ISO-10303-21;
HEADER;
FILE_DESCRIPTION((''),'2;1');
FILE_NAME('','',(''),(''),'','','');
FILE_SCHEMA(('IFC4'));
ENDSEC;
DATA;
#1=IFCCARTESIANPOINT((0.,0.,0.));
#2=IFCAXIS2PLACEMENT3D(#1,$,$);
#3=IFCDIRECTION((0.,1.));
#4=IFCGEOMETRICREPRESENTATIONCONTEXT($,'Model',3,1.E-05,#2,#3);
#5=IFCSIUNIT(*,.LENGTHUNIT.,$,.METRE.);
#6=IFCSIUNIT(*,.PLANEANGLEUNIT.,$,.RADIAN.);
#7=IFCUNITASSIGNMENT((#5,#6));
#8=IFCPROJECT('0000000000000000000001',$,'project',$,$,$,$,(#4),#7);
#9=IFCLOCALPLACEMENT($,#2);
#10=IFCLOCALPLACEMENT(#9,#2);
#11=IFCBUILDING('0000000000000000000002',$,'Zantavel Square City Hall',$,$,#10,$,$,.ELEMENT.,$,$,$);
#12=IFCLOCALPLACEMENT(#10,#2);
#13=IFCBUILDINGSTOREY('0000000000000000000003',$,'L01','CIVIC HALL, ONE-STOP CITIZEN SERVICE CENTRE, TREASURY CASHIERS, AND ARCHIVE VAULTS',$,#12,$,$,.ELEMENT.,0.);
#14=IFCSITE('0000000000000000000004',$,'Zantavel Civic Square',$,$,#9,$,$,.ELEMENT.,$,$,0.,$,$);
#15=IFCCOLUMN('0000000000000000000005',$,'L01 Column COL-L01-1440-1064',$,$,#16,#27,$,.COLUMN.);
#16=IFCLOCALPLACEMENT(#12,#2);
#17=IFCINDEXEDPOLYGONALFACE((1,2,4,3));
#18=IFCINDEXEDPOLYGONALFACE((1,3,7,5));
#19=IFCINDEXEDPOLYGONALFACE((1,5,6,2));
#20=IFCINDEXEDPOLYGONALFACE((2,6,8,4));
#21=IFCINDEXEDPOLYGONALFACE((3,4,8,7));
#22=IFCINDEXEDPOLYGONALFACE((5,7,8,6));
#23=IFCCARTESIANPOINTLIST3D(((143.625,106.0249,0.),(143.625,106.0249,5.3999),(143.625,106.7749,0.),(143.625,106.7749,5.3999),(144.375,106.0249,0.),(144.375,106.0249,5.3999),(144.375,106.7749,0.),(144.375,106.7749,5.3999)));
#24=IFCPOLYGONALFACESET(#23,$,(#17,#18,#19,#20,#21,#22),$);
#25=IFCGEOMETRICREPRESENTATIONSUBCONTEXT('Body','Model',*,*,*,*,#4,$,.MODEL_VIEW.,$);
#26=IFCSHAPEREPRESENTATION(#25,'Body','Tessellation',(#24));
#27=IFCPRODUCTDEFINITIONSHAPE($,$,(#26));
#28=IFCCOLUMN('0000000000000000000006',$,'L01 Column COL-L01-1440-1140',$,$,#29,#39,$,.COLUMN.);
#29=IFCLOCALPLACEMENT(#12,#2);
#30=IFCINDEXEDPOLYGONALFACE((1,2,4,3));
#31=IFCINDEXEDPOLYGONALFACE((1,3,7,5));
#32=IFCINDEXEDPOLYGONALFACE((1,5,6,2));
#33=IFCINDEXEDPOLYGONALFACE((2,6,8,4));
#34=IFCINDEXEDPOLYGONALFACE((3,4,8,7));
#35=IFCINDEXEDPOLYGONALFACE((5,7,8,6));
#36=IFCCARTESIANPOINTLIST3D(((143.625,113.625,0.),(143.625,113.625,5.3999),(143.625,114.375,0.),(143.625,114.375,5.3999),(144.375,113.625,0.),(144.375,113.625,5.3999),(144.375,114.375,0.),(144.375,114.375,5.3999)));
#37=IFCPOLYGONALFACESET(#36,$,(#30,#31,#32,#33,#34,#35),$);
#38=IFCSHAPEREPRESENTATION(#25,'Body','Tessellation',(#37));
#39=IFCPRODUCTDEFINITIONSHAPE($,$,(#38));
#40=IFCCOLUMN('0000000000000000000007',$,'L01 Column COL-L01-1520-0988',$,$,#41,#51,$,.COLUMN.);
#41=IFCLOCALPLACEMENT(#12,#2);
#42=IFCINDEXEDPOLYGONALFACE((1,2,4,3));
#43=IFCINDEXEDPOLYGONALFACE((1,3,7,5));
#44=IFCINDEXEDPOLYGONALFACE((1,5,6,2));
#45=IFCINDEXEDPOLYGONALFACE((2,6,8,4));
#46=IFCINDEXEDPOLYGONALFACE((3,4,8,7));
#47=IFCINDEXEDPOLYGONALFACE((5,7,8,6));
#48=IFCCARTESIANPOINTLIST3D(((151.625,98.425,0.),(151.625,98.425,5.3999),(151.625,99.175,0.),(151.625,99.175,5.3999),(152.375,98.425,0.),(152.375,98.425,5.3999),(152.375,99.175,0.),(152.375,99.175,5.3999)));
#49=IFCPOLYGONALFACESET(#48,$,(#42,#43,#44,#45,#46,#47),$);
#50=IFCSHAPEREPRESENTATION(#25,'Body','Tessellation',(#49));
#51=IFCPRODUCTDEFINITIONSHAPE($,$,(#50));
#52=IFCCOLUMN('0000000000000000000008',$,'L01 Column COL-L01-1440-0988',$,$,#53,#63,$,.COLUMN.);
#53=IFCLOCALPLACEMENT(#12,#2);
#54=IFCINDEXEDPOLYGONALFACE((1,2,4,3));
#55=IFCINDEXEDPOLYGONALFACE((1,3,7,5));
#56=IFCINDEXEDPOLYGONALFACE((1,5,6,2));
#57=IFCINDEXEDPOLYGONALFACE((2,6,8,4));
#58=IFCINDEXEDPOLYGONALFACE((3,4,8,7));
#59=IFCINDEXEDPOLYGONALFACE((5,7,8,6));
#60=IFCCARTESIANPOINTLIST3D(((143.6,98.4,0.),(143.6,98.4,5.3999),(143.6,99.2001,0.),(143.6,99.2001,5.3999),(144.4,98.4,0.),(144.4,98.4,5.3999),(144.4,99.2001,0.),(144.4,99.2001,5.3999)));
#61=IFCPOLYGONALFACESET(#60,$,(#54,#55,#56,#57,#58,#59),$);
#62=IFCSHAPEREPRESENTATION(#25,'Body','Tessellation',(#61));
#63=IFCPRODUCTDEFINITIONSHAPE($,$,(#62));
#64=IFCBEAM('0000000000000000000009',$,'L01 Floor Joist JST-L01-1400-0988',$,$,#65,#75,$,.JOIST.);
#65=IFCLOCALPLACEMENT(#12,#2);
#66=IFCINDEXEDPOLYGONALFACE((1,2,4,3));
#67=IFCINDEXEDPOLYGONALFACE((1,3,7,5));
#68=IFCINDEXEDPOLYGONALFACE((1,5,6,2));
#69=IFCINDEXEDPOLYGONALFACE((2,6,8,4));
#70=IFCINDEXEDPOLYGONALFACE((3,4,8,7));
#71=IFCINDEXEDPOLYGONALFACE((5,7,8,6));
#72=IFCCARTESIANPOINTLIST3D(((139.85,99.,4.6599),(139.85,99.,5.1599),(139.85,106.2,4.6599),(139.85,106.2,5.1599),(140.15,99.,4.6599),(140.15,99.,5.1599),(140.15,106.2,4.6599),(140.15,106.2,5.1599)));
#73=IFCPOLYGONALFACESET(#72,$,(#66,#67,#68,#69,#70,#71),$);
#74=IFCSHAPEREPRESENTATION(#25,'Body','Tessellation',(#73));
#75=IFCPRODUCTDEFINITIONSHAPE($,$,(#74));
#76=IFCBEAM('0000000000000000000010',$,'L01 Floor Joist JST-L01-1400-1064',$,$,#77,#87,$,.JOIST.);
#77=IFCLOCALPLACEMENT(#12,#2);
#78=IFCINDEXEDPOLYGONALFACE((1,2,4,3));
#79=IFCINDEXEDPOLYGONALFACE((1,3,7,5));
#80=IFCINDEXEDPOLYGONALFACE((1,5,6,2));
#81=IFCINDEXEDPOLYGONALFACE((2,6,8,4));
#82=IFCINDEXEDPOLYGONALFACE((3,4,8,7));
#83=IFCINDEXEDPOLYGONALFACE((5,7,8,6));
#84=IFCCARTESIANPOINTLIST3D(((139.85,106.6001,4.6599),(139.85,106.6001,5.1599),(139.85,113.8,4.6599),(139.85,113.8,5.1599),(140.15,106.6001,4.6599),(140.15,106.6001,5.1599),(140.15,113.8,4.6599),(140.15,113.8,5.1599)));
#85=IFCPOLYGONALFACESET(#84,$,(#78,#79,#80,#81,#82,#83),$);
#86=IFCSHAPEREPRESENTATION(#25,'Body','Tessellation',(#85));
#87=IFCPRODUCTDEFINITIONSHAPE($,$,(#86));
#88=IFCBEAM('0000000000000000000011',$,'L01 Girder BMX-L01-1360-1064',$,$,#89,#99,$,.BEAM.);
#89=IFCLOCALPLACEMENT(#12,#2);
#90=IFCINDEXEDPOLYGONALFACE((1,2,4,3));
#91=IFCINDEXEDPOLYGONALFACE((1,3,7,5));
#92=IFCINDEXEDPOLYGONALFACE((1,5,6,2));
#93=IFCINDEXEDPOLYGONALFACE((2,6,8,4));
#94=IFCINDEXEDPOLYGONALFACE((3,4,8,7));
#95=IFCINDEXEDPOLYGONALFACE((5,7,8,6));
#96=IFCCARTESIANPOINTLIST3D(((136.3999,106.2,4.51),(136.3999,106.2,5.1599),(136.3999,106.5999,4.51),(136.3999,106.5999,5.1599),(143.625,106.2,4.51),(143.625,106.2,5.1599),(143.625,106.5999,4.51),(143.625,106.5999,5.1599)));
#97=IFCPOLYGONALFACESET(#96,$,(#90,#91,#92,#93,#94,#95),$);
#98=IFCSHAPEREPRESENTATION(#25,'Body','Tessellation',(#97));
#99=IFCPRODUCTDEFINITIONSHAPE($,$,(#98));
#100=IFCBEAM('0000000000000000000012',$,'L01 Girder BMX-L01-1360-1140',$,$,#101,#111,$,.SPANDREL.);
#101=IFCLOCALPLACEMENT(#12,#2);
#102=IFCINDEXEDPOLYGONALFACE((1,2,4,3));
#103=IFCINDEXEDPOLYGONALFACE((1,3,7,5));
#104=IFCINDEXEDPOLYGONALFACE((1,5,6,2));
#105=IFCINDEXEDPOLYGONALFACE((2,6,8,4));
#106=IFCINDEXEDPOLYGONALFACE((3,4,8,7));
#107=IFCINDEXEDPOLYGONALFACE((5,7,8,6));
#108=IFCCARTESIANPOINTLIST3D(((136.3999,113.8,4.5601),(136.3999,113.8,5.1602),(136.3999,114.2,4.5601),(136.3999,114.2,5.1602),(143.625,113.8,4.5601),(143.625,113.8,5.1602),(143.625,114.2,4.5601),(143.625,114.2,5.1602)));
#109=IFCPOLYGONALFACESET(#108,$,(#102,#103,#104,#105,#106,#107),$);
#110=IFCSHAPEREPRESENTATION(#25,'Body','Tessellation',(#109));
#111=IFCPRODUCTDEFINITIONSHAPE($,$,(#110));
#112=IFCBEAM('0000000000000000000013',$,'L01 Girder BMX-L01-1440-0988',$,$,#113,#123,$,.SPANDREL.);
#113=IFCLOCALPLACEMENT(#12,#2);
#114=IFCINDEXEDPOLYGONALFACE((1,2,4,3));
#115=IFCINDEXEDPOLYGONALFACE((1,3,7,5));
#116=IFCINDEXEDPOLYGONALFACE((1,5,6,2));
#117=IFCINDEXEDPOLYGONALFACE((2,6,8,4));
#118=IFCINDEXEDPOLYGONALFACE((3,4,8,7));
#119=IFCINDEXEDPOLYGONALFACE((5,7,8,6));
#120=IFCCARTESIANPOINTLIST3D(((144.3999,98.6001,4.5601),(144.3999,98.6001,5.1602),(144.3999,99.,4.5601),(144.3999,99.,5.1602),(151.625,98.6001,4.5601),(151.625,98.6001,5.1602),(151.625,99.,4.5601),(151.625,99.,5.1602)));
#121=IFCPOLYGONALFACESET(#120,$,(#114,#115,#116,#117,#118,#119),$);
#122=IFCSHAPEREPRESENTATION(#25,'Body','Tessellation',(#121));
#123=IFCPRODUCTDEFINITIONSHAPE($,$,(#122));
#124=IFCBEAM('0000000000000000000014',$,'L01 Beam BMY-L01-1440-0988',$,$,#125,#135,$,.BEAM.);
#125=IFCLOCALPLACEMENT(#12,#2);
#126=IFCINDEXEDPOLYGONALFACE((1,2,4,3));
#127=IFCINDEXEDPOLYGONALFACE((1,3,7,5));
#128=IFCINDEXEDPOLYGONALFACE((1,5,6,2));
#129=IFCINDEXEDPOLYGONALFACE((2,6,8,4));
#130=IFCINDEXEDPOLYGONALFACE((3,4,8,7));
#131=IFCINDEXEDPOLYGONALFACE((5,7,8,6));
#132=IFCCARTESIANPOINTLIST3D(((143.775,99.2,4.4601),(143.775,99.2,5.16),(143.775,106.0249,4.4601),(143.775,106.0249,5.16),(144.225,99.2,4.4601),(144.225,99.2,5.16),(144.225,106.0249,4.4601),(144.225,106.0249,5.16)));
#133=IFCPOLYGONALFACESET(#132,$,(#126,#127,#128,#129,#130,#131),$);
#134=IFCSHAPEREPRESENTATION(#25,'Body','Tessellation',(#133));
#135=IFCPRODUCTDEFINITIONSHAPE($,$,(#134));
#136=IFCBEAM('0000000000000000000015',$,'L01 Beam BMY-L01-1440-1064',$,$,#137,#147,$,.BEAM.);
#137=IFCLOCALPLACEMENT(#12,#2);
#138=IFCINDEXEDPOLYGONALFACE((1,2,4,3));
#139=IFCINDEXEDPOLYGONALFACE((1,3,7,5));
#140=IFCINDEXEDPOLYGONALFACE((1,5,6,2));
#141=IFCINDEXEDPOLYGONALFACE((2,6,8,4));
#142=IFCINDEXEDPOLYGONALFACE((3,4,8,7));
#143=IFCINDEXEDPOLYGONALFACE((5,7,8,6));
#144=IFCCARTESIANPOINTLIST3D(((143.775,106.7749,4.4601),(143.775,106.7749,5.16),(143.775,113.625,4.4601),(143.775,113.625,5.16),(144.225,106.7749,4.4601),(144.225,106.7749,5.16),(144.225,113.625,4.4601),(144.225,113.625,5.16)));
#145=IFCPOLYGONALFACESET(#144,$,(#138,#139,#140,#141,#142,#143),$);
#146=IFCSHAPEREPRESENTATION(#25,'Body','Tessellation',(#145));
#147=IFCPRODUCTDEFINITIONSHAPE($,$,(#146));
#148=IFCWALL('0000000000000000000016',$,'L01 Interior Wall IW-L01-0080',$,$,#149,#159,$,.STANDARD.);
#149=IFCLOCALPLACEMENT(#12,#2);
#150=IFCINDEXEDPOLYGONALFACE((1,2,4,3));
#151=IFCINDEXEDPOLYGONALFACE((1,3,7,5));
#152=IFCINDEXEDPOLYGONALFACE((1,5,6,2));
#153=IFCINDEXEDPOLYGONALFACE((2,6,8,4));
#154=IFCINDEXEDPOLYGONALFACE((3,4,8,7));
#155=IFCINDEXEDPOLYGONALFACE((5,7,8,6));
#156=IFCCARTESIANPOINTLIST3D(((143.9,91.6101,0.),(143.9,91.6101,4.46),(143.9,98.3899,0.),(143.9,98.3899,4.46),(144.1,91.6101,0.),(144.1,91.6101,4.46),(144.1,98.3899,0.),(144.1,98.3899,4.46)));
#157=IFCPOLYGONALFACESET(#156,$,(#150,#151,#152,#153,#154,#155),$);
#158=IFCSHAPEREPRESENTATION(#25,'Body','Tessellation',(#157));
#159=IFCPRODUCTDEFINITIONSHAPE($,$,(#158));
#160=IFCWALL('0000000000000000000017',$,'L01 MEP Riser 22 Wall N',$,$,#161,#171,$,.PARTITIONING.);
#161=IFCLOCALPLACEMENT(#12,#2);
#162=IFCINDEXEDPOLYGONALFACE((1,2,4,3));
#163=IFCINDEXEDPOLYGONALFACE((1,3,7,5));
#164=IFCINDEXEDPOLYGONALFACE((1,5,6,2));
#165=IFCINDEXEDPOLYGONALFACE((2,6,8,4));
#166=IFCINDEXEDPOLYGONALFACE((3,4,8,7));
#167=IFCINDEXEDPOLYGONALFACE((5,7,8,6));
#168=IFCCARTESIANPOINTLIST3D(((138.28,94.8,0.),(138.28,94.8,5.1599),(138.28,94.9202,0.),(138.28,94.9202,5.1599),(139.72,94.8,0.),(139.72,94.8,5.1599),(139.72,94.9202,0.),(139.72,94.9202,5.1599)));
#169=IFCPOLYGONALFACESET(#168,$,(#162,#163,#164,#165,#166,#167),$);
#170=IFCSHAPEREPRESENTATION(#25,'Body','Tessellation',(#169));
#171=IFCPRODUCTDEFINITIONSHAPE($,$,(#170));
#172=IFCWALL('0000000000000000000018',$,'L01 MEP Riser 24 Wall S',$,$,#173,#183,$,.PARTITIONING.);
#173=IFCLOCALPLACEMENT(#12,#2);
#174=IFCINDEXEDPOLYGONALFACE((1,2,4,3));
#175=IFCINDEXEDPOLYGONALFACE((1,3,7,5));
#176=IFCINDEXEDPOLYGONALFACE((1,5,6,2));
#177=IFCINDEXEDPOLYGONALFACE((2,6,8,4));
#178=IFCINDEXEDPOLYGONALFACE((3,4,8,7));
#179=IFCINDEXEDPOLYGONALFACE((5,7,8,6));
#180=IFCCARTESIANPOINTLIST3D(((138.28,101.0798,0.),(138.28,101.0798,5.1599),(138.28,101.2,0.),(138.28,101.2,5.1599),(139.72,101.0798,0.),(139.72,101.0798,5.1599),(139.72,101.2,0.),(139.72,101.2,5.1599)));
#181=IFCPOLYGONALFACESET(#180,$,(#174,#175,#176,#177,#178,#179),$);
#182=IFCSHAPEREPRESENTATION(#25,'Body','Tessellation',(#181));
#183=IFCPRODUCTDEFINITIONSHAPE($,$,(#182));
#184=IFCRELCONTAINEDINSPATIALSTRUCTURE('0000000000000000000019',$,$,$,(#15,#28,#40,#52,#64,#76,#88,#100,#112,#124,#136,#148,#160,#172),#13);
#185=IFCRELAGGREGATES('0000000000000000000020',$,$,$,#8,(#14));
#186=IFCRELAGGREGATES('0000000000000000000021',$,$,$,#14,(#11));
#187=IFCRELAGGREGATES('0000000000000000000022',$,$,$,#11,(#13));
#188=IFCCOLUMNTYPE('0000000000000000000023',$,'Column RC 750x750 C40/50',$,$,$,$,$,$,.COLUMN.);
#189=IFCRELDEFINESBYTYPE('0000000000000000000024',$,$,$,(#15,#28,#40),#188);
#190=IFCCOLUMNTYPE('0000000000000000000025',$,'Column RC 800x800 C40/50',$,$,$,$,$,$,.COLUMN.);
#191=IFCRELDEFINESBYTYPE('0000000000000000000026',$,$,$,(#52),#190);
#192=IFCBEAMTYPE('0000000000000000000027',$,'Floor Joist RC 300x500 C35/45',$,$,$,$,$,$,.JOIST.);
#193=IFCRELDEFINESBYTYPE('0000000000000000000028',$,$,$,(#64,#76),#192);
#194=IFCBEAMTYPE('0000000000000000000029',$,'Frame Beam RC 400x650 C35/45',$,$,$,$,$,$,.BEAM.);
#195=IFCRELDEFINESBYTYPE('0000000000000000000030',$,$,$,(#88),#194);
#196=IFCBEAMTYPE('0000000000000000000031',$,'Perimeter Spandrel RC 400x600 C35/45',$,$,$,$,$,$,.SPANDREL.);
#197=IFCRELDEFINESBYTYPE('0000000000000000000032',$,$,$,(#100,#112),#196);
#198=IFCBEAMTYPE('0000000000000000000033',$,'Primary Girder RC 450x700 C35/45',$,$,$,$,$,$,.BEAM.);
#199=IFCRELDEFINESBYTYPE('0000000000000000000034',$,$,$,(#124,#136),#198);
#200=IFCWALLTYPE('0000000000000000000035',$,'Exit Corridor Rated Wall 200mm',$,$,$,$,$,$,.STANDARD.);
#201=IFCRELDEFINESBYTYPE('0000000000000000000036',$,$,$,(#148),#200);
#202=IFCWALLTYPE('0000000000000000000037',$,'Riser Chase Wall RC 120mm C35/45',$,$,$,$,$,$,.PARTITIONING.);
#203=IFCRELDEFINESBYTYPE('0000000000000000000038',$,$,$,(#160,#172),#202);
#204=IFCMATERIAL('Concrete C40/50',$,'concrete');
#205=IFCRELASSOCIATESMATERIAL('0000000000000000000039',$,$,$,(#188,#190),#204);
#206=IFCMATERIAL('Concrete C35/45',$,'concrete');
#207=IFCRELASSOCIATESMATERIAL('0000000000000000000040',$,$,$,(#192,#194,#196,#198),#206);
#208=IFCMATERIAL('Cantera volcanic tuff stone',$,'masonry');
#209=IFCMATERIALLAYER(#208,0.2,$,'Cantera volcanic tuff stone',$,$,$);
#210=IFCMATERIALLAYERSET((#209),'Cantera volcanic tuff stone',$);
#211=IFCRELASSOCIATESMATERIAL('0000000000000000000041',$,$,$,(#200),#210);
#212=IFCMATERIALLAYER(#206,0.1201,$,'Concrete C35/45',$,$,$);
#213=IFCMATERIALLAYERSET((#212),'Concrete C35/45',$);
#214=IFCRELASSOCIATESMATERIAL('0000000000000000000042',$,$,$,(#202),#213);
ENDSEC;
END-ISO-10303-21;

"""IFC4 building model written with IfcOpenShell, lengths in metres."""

from ifc_helpers import new_model, si_unit, direction, frame, frame_2d, origin, origin_2d, place, context, subcontext, project, spatial, rectangle, extrude, material, layer, layer_set, material_profile, profile_set, type_object, element, save


model = new_model("IFC4")

# Units and contexts
model_context = context("Model", 3, precision=1e-05, world=origin(), true_north=direction((0.0, 1.0)))
body_context = subcontext(model_context, "Body", "Model", "MODEL_VIEW")
ifc_project = project(units=[si_unit("LENGTHUNIT", "METRE"), si_unit("PLANEANGLEUNIT", "RADIAN")], contexts=[model_context])

# Site, building, storey
site_placement = place(None, origin())
site = spatial("IfcSite", under=ifc_project, at=site_placement, Name="Zantavel Civic Square", CompositionType="ELEMENT", RefElevation=0.0)
building_placement = place(site_placement, origin())
building = spatial("IfcBuilding", under=site, at=building_placement, Name="Zantavel Square City Hall", CompositionType="ELEMENT")
storey_placement = place(building_placement, origin())
storey = spatial("IfcBuildingStorey", under=building, at=storey_placement, Name="L01", Description="CIVIC HALL, ONE-STOP CITIZEN SERVICE CENTRE, TREASURY CASHIERS, AND ARCHIVE VAULTS", CompositionType="ELEMENT", Elevation=0.0)

# Columns
ifc_material_1 = material(Name="Concrete C40/50", Category="concrete")
ifc_material_profile_1 = material_profile(ifc_material_1, rectangle(XDim=0.75, YDim=0.75, at=origin_2d()), Name="RC 750x750")
ifc_profile_set_1 = profile_set([ifc_material_profile_1], Name="Concrete C40/50")
column_type_1 = type_object("IfcColumnType", Name="Column RC 750x750 C40/50", PredefinedType="COLUMN", material=ifc_profile_set_1)
for number, where, z_axis, x_axis, name in (
    (1, (144.0, 106.3999, 0.0), (0.0, 0.0, 1.0), (1.0, 0.0, 0.0), "L01 Column COL-L01-1440-1064"),
    (2, (144.0, 114.0, 0.0), (0.0, 0.0, 1.0), (1.0, 0.0, 0.0), "L01 Column COL-L01-1440-1140"),
    (3, (152.0, 98.8, 0.0), (0.0, 0.0, 1.0), (1.0, 0.0, 0.0), "L01 Column COL-L01-1520-0988"),
):
    element("IfcColumn", number, at=place(storey_placement, frame(where, z_axis=z_axis, x_axis=x_axis)), inside=storey, type_object=column_type_1, Name=name, PredefinedType="COLUMN", context=body_context, shape_type="SweptSolid", body=[
        extrude(rectangle(XDim=0.75, YDim=0.75, at=origin_2d()), origin(), (0.0, 0.0, 1.0), 5.3999),
    ])
ifc_material_profile_2 = material_profile(ifc_material_1, rectangle(XDim=0.8, YDim=0.8, at=origin_2d()), Name="RC 800x800")
ifc_profile_set_2 = profile_set([ifc_material_profile_2], Name="Concrete C40/50")
column_type_2 = type_object("IfcColumnType", Name="Column RC 800x800 C40/50", PredefinedType="COLUMN", material=ifc_profile_set_2)
column_placement = place(storey_placement, frame((144.0, 98.8, 0.0), z_axis=(0.0, 0.0, 1.0), x_axis=(1.0, 0.0, 0.0)))
element("IfcColumn", 4, at=column_placement, inside=storey, type_object=column_type_2, Name="L01 Column COL-L01-1440-0988", PredefinedType="COLUMN", context=body_context, shape_type="SweptSolid", body=[
    extrude(rectangle(XDim=0.8, YDim=0.8, at=origin_2d()), origin(), (0.0, 0.0, 1.0), 5.3999),
])

# Beams
ifc_material_2 = material(Name="Concrete C35/45", Category="concrete")
ifc_material_profile_3 = material_profile(ifc_material_2, rectangle(XDim=0.3, YDim=0.5, at=origin_2d()), Name="RC 300x500")
ifc_profile_set_3 = profile_set([ifc_material_profile_3], Name="Concrete C35/45")
beam_type_1 = type_object("IfcBeamType", Name="Floor Joist RC 300x500 C35/45", PredefinedType="JOIST", material=ifc_profile_set_3)
for number, where, z_axis, x_axis, name in (
    (5, (140.0, 99.0, 4.9099), (0.0, 1.0, 0.0), (-1.0, 0.0, 0.0), "L01 Floor Joist JST-L01-1400-0988"),
    (6, (140.0, 106.6001, 4.9099), (0.0, 1.0, 0.0), (-1.0, 0.0, 0.0), "L01 Floor Joist JST-L01-1400-1064"),
):
    element("IfcBeam", number, at=place(storey_placement, frame(where, z_axis=z_axis, x_axis=x_axis)), inside=storey, type_object=beam_type_1, Name=name, PredefinedType="JOIST", context=body_context, shape_type="SweptSolid", body=[
        extrude(rectangle(XDim=0.3, YDim=0.5, at=origin_2d()), origin(), (0.0, 0.0, 1.0), 7.2),
    ])
ifc_material_profile_4 = material_profile(ifc_material_2, rectangle(XDim=0.3999, YDim=0.6499, at=origin_2d()), Name="RC 400x650")
ifc_profile_set_4 = profile_set([ifc_material_profile_4], Name="Concrete C35/45")
beam_type_2 = type_object("IfcBeamType", Name="Frame Beam RC 400x650 C35/45", PredefinedType="BEAM", material=ifc_profile_set_4)
beam_1_placement = place(storey_placement, frame((136.3999, 106.3999, 4.835), z_axis=(1.0, 0.0, 0.0), x_axis=(0.0, 1.0, 0.0)))
element("IfcBeam", 7, at=beam_1_placement, inside=storey, type_object=beam_type_2, Name="L01 Girder BMX-L01-1360-1064", PredefinedType="BEAM", context=body_context, shape_type="SweptSolid", body=[
    extrude(rectangle(XDim=0.3999, YDim=0.6499, at=origin_2d()), origin(), (0.0, 0.0, 1.0), 7.2251),
])
ifc_material_profile_5 = material_profile(ifc_material_2, rectangle(XDim=0.3999, YDim=0.6001, at=origin_2d()), Name="RC 400x600")
ifc_profile_set_5 = profile_set([ifc_material_profile_5], Name="Concrete C35/45")
beam_type_3 = type_object("IfcBeamType", Name="Perimeter Spandrel RC 400x600 C35/45", PredefinedType="SPANDREL", material=ifc_profile_set_5)
for number, where, z_axis, x_axis, name in (
    (8, (136.3999, 114.0, 4.8601), (1.0, 0.0, 0.0), (0.0, 1.0, 0.0), "L01 Girder BMX-L01-1360-1140"),
    (9, (144.3999, 98.8, 4.8601), (1.0, 0.0, 0.0), (0.0, 1.0, 0.0), "L01 Girder BMX-L01-1440-0988"),
):
    element("IfcBeam", number, at=place(storey_placement, frame(where, z_axis=z_axis, x_axis=x_axis)), inside=storey, type_object=beam_type_3, Name=name, PredefinedType="SPANDREL", context=body_context, shape_type="SweptSolid", body=[
        extrude(rectangle(XDim=0.3999, YDim=0.6001, at=origin_2d()), origin(), (0.0, 0.0, 1.0), 7.2251),
    ])
ifc_material_profile_6 = material_profile(ifc_material_2, rectangle(XDim=0.45, YDim=0.7, at=origin_2d()), Name="RC 450x700")
ifc_profile_set_6 = profile_set([ifc_material_profile_6], Name="Concrete C35/45")
beam_type_4 = type_object("IfcBeamType", Name="Primary Girder RC 450x700 C35/45", PredefinedType="BEAM", material=ifc_profile_set_6)
beam_2_placement = place(storey_placement, frame((144.0, 99.2, 4.8101), z_axis=(0.0, 1.0, 0.0), x_axis=(-1.0, 0.0, 0.0)))
element("IfcBeam", 10, at=beam_2_placement, inside=storey, type_object=beam_type_4, Name="L01 Beam BMY-L01-1440-0988", PredefinedType="BEAM", context=body_context, shape_type="SweptSolid", body=[
    extrude(rectangle(XDim=0.45, YDim=0.7, at=origin_2d()), origin(), (0.0, 0.0, 1.0), 6.825),
])
beam_3_placement = place(storey_placement, frame((144.0, 106.7749, 4.8101), z_axis=(0.0, 1.0, 0.0), x_axis=(-1.0, 0.0, 0.0)))
element("IfcBeam", 11, at=beam_3_placement, inside=storey, type_object=beam_type_4, Name="L01 Beam BMY-L01-1440-1064", PredefinedType="BEAM", context=body_context, shape_type="SweptSolid", body=[
    extrude(rectangle(XDim=0.45, YDim=0.7, at=origin_2d()), origin(), (0.0, 0.0, 1.0), 6.8501),
])

# Walls
ifc_material_3 = material(Name="Cantera volcanic tuff stone", Category="masonry")
ifc_layer_1 = layer(ifc_material_3, 0.2, Name="Cantera volcanic tuff stone")
ifc_layer_set_1 = layer_set([ifc_layer_1], Name="Cantera volcanic tuff stone")
wall_type_1 = type_object("IfcWallType", Name="Exit Corridor Rated Wall 200mm", PredefinedType="STANDARD", material=ifc_layer_set_1)
wall_1_placement = place(storey_placement, frame((144.0, 98.3899, 0.0), z_axis=(0.0, 0.0, 1.0), x_axis=(0.0, -1.0, 0.0)))
element("IfcWall", 12, at=wall_1_placement, inside=storey, type_object=wall_type_1, Name="L01 Interior Wall IW-L01-0080", PredefinedType="STANDARD", context=body_context, shape_type="SweptSolid", body=[
    extrude(rectangle(XDim=6.7798, YDim=0.2, at=frame_2d((3.3899, 0.0))), origin(), (0.0, 0.0, 1.0), 4.46),
])
ifc_layer_2 = layer(ifc_material_2, 0.1201, Name="Concrete C35/45")
ifc_layer_set_2 = layer_set([ifc_layer_2], Name="Concrete C35/45")
wall_type_2 = type_object("IfcWallType", Name="Riser Chase Wall RC 120mm C35/45", PredefinedType="PARTITIONING", material=ifc_layer_set_2)
for number, where, z_axis, x_axis, name in (
    (13, (138.28, 94.8601, 0.0), (0.0, 0.0, 1.0), (1.0, 0.0, 0.0), "L01 MEP Riser 22 Wall N"),
    (14, (139.72, 101.1399, 0.0), (0.0, 0.0, 1.0), (-1.0, 0.0, 0.0), "L01 MEP Riser 24 Wall S"),
):
    element("IfcWall", number, at=place(storey_placement, frame(where, z_axis=z_axis, x_axis=x_axis)), inside=storey, type_object=wall_type_2, Name=name, PredefinedType="PARTITIONING", context=body_context, shape_type="SweptSolid", body=[
        extrude(rectangle(XDim=1.4399, YDim=0.1201, at=frame_2d((0.72, 0.0))), origin(), (0.0, 0.0, 1.0), 5.1599),
    ])

save(model, "model.ifc")
